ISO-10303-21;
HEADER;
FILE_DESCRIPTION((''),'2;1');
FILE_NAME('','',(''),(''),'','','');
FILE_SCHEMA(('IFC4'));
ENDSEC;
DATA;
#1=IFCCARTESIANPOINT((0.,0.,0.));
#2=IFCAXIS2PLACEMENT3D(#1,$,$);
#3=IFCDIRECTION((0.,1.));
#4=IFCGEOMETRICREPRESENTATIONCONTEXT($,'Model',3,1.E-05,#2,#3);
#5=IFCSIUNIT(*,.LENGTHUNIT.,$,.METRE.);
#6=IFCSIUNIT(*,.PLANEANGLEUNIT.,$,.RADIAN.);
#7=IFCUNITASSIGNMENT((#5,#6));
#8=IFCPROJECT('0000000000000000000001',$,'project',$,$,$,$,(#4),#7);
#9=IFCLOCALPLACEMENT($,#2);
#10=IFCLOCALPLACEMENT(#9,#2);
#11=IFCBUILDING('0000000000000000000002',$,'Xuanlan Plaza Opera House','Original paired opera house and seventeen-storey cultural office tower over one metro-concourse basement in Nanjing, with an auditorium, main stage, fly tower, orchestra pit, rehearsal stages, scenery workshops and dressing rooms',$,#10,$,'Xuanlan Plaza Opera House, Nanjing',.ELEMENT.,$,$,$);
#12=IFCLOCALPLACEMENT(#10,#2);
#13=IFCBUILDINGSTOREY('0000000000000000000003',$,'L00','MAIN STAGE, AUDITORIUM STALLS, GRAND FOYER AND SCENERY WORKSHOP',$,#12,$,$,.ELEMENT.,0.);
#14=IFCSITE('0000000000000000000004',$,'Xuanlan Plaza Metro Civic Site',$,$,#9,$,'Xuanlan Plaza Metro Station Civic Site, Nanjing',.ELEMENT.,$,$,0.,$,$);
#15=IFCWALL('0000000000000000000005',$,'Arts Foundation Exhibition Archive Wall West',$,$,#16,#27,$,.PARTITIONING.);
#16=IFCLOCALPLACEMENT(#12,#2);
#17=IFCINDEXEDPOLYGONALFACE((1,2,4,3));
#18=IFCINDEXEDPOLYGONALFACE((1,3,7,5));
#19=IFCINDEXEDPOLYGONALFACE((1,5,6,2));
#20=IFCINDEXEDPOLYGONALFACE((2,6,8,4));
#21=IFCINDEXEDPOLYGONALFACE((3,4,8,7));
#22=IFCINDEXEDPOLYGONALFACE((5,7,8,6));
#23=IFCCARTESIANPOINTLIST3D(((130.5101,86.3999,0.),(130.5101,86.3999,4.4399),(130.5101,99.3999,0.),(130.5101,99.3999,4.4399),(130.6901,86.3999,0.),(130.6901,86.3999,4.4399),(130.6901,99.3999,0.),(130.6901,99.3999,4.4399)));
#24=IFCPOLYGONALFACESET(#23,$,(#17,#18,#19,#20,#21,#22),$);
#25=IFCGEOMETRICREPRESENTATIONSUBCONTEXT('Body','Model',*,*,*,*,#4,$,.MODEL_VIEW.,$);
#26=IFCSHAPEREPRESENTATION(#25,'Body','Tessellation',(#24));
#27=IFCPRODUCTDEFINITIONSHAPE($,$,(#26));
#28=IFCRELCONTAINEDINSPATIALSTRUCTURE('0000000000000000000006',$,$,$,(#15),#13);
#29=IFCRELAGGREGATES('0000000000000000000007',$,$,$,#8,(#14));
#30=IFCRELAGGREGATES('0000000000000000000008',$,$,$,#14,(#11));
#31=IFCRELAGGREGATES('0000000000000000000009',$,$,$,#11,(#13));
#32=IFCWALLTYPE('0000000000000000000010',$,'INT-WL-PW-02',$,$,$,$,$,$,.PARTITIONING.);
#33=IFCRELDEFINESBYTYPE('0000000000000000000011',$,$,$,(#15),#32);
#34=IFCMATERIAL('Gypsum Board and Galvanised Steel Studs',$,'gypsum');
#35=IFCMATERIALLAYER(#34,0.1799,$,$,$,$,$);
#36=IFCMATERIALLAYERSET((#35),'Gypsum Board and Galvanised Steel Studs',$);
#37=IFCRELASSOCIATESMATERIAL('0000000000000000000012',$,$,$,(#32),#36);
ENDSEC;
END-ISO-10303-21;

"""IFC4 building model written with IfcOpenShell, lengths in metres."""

from ifc_helpers import new_model, si_unit, direction, frame, frame_2d, origin, place, context, subcontext, project, spatial, rectangle, extrude, material, layer, layer_set, type_object, element, save


model = new_model("IFC4")

# Units and contexts
model_context = context("Model", 3, precision=1e-05, world=origin(), true_north=direction((0.0, 1.0)))
body_context = subcontext(model_context, "Body", "Model", "MODEL_VIEW")
ifc_project = project(units=[si_unit("LENGTHUNIT", "METRE"), si_unit("PLANEANGLEUNIT", "RADIAN")], contexts=[model_context])

# Site, building, storey
site_placement = place(None, origin())
site = spatial("IfcSite", under=ifc_project, at=site_placement, Name="Xuanlan Plaza Metro Civic Site", LongName="Xuanlan Plaza Metro Station Civic Site, Nanjing", CompositionType="ELEMENT", RefElevation=0.0)
building_placement = place(site_placement, origin())
building = spatial("IfcBuilding", under=site, at=building_placement, Name="Xuanlan Plaza Opera House", Description="Original paired opera house and seventeen-storey cultural office tower over one metro-concourse basement in Nanjing, with an auditorium, main stage, fly tower, orchestra pit, rehearsal stages, scenery workshops and dressing rooms", LongName="Xuanlan Plaza Opera House, Nanjing", CompositionType="ELEMENT")
storey_placement = place(building_placement, origin())
storey = spatial("IfcBuildingStorey", under=building, at=storey_placement, Name="L00", Description="MAIN STAGE, AUDITORIUM STALLS, GRAND FOYER AND SCENERY WORKSHOP", CompositionType="ELEMENT", Elevation=0.0)

# Shared definitions
ifc_material_1 = material(Name="Gypsum Board and Galvanised Steel Studs", Category="gypsum")
ifc_layer = layer(ifc_material_1, 0.1799)
ifc_layer_set = layer_set([ifc_layer], Name="Gypsum Board and Galvanised Steel Studs")
wall_type = type_object("IfcWallType", Name="INT-WL-PW-02", PredefinedType="PARTITIONING", material=ifc_layer_set)

# Wall
wall_1_placement = place(storey_placement, frame((130.6001, 86.3999, 0.0), z_axis=(0.0, 0.0, 1.0), x_axis=(0.0, 1.0, 0.0)))
element("IfcWall", 1, at=wall_1_placement, inside=storey, type_object=wall_type, Name="Arts Foundation Exhibition Archive Wall West", PredefinedType="PARTITIONING", context=body_context, shape_type="SweptSolid", body=[
    extrude(rectangle(XDim=13.0, YDim=0.1799, at=frame_2d((6.5, 0.0))), origin(), (0.0, 0.0, 1.0), 4.4399),
])

save(model, "model.ifc")
